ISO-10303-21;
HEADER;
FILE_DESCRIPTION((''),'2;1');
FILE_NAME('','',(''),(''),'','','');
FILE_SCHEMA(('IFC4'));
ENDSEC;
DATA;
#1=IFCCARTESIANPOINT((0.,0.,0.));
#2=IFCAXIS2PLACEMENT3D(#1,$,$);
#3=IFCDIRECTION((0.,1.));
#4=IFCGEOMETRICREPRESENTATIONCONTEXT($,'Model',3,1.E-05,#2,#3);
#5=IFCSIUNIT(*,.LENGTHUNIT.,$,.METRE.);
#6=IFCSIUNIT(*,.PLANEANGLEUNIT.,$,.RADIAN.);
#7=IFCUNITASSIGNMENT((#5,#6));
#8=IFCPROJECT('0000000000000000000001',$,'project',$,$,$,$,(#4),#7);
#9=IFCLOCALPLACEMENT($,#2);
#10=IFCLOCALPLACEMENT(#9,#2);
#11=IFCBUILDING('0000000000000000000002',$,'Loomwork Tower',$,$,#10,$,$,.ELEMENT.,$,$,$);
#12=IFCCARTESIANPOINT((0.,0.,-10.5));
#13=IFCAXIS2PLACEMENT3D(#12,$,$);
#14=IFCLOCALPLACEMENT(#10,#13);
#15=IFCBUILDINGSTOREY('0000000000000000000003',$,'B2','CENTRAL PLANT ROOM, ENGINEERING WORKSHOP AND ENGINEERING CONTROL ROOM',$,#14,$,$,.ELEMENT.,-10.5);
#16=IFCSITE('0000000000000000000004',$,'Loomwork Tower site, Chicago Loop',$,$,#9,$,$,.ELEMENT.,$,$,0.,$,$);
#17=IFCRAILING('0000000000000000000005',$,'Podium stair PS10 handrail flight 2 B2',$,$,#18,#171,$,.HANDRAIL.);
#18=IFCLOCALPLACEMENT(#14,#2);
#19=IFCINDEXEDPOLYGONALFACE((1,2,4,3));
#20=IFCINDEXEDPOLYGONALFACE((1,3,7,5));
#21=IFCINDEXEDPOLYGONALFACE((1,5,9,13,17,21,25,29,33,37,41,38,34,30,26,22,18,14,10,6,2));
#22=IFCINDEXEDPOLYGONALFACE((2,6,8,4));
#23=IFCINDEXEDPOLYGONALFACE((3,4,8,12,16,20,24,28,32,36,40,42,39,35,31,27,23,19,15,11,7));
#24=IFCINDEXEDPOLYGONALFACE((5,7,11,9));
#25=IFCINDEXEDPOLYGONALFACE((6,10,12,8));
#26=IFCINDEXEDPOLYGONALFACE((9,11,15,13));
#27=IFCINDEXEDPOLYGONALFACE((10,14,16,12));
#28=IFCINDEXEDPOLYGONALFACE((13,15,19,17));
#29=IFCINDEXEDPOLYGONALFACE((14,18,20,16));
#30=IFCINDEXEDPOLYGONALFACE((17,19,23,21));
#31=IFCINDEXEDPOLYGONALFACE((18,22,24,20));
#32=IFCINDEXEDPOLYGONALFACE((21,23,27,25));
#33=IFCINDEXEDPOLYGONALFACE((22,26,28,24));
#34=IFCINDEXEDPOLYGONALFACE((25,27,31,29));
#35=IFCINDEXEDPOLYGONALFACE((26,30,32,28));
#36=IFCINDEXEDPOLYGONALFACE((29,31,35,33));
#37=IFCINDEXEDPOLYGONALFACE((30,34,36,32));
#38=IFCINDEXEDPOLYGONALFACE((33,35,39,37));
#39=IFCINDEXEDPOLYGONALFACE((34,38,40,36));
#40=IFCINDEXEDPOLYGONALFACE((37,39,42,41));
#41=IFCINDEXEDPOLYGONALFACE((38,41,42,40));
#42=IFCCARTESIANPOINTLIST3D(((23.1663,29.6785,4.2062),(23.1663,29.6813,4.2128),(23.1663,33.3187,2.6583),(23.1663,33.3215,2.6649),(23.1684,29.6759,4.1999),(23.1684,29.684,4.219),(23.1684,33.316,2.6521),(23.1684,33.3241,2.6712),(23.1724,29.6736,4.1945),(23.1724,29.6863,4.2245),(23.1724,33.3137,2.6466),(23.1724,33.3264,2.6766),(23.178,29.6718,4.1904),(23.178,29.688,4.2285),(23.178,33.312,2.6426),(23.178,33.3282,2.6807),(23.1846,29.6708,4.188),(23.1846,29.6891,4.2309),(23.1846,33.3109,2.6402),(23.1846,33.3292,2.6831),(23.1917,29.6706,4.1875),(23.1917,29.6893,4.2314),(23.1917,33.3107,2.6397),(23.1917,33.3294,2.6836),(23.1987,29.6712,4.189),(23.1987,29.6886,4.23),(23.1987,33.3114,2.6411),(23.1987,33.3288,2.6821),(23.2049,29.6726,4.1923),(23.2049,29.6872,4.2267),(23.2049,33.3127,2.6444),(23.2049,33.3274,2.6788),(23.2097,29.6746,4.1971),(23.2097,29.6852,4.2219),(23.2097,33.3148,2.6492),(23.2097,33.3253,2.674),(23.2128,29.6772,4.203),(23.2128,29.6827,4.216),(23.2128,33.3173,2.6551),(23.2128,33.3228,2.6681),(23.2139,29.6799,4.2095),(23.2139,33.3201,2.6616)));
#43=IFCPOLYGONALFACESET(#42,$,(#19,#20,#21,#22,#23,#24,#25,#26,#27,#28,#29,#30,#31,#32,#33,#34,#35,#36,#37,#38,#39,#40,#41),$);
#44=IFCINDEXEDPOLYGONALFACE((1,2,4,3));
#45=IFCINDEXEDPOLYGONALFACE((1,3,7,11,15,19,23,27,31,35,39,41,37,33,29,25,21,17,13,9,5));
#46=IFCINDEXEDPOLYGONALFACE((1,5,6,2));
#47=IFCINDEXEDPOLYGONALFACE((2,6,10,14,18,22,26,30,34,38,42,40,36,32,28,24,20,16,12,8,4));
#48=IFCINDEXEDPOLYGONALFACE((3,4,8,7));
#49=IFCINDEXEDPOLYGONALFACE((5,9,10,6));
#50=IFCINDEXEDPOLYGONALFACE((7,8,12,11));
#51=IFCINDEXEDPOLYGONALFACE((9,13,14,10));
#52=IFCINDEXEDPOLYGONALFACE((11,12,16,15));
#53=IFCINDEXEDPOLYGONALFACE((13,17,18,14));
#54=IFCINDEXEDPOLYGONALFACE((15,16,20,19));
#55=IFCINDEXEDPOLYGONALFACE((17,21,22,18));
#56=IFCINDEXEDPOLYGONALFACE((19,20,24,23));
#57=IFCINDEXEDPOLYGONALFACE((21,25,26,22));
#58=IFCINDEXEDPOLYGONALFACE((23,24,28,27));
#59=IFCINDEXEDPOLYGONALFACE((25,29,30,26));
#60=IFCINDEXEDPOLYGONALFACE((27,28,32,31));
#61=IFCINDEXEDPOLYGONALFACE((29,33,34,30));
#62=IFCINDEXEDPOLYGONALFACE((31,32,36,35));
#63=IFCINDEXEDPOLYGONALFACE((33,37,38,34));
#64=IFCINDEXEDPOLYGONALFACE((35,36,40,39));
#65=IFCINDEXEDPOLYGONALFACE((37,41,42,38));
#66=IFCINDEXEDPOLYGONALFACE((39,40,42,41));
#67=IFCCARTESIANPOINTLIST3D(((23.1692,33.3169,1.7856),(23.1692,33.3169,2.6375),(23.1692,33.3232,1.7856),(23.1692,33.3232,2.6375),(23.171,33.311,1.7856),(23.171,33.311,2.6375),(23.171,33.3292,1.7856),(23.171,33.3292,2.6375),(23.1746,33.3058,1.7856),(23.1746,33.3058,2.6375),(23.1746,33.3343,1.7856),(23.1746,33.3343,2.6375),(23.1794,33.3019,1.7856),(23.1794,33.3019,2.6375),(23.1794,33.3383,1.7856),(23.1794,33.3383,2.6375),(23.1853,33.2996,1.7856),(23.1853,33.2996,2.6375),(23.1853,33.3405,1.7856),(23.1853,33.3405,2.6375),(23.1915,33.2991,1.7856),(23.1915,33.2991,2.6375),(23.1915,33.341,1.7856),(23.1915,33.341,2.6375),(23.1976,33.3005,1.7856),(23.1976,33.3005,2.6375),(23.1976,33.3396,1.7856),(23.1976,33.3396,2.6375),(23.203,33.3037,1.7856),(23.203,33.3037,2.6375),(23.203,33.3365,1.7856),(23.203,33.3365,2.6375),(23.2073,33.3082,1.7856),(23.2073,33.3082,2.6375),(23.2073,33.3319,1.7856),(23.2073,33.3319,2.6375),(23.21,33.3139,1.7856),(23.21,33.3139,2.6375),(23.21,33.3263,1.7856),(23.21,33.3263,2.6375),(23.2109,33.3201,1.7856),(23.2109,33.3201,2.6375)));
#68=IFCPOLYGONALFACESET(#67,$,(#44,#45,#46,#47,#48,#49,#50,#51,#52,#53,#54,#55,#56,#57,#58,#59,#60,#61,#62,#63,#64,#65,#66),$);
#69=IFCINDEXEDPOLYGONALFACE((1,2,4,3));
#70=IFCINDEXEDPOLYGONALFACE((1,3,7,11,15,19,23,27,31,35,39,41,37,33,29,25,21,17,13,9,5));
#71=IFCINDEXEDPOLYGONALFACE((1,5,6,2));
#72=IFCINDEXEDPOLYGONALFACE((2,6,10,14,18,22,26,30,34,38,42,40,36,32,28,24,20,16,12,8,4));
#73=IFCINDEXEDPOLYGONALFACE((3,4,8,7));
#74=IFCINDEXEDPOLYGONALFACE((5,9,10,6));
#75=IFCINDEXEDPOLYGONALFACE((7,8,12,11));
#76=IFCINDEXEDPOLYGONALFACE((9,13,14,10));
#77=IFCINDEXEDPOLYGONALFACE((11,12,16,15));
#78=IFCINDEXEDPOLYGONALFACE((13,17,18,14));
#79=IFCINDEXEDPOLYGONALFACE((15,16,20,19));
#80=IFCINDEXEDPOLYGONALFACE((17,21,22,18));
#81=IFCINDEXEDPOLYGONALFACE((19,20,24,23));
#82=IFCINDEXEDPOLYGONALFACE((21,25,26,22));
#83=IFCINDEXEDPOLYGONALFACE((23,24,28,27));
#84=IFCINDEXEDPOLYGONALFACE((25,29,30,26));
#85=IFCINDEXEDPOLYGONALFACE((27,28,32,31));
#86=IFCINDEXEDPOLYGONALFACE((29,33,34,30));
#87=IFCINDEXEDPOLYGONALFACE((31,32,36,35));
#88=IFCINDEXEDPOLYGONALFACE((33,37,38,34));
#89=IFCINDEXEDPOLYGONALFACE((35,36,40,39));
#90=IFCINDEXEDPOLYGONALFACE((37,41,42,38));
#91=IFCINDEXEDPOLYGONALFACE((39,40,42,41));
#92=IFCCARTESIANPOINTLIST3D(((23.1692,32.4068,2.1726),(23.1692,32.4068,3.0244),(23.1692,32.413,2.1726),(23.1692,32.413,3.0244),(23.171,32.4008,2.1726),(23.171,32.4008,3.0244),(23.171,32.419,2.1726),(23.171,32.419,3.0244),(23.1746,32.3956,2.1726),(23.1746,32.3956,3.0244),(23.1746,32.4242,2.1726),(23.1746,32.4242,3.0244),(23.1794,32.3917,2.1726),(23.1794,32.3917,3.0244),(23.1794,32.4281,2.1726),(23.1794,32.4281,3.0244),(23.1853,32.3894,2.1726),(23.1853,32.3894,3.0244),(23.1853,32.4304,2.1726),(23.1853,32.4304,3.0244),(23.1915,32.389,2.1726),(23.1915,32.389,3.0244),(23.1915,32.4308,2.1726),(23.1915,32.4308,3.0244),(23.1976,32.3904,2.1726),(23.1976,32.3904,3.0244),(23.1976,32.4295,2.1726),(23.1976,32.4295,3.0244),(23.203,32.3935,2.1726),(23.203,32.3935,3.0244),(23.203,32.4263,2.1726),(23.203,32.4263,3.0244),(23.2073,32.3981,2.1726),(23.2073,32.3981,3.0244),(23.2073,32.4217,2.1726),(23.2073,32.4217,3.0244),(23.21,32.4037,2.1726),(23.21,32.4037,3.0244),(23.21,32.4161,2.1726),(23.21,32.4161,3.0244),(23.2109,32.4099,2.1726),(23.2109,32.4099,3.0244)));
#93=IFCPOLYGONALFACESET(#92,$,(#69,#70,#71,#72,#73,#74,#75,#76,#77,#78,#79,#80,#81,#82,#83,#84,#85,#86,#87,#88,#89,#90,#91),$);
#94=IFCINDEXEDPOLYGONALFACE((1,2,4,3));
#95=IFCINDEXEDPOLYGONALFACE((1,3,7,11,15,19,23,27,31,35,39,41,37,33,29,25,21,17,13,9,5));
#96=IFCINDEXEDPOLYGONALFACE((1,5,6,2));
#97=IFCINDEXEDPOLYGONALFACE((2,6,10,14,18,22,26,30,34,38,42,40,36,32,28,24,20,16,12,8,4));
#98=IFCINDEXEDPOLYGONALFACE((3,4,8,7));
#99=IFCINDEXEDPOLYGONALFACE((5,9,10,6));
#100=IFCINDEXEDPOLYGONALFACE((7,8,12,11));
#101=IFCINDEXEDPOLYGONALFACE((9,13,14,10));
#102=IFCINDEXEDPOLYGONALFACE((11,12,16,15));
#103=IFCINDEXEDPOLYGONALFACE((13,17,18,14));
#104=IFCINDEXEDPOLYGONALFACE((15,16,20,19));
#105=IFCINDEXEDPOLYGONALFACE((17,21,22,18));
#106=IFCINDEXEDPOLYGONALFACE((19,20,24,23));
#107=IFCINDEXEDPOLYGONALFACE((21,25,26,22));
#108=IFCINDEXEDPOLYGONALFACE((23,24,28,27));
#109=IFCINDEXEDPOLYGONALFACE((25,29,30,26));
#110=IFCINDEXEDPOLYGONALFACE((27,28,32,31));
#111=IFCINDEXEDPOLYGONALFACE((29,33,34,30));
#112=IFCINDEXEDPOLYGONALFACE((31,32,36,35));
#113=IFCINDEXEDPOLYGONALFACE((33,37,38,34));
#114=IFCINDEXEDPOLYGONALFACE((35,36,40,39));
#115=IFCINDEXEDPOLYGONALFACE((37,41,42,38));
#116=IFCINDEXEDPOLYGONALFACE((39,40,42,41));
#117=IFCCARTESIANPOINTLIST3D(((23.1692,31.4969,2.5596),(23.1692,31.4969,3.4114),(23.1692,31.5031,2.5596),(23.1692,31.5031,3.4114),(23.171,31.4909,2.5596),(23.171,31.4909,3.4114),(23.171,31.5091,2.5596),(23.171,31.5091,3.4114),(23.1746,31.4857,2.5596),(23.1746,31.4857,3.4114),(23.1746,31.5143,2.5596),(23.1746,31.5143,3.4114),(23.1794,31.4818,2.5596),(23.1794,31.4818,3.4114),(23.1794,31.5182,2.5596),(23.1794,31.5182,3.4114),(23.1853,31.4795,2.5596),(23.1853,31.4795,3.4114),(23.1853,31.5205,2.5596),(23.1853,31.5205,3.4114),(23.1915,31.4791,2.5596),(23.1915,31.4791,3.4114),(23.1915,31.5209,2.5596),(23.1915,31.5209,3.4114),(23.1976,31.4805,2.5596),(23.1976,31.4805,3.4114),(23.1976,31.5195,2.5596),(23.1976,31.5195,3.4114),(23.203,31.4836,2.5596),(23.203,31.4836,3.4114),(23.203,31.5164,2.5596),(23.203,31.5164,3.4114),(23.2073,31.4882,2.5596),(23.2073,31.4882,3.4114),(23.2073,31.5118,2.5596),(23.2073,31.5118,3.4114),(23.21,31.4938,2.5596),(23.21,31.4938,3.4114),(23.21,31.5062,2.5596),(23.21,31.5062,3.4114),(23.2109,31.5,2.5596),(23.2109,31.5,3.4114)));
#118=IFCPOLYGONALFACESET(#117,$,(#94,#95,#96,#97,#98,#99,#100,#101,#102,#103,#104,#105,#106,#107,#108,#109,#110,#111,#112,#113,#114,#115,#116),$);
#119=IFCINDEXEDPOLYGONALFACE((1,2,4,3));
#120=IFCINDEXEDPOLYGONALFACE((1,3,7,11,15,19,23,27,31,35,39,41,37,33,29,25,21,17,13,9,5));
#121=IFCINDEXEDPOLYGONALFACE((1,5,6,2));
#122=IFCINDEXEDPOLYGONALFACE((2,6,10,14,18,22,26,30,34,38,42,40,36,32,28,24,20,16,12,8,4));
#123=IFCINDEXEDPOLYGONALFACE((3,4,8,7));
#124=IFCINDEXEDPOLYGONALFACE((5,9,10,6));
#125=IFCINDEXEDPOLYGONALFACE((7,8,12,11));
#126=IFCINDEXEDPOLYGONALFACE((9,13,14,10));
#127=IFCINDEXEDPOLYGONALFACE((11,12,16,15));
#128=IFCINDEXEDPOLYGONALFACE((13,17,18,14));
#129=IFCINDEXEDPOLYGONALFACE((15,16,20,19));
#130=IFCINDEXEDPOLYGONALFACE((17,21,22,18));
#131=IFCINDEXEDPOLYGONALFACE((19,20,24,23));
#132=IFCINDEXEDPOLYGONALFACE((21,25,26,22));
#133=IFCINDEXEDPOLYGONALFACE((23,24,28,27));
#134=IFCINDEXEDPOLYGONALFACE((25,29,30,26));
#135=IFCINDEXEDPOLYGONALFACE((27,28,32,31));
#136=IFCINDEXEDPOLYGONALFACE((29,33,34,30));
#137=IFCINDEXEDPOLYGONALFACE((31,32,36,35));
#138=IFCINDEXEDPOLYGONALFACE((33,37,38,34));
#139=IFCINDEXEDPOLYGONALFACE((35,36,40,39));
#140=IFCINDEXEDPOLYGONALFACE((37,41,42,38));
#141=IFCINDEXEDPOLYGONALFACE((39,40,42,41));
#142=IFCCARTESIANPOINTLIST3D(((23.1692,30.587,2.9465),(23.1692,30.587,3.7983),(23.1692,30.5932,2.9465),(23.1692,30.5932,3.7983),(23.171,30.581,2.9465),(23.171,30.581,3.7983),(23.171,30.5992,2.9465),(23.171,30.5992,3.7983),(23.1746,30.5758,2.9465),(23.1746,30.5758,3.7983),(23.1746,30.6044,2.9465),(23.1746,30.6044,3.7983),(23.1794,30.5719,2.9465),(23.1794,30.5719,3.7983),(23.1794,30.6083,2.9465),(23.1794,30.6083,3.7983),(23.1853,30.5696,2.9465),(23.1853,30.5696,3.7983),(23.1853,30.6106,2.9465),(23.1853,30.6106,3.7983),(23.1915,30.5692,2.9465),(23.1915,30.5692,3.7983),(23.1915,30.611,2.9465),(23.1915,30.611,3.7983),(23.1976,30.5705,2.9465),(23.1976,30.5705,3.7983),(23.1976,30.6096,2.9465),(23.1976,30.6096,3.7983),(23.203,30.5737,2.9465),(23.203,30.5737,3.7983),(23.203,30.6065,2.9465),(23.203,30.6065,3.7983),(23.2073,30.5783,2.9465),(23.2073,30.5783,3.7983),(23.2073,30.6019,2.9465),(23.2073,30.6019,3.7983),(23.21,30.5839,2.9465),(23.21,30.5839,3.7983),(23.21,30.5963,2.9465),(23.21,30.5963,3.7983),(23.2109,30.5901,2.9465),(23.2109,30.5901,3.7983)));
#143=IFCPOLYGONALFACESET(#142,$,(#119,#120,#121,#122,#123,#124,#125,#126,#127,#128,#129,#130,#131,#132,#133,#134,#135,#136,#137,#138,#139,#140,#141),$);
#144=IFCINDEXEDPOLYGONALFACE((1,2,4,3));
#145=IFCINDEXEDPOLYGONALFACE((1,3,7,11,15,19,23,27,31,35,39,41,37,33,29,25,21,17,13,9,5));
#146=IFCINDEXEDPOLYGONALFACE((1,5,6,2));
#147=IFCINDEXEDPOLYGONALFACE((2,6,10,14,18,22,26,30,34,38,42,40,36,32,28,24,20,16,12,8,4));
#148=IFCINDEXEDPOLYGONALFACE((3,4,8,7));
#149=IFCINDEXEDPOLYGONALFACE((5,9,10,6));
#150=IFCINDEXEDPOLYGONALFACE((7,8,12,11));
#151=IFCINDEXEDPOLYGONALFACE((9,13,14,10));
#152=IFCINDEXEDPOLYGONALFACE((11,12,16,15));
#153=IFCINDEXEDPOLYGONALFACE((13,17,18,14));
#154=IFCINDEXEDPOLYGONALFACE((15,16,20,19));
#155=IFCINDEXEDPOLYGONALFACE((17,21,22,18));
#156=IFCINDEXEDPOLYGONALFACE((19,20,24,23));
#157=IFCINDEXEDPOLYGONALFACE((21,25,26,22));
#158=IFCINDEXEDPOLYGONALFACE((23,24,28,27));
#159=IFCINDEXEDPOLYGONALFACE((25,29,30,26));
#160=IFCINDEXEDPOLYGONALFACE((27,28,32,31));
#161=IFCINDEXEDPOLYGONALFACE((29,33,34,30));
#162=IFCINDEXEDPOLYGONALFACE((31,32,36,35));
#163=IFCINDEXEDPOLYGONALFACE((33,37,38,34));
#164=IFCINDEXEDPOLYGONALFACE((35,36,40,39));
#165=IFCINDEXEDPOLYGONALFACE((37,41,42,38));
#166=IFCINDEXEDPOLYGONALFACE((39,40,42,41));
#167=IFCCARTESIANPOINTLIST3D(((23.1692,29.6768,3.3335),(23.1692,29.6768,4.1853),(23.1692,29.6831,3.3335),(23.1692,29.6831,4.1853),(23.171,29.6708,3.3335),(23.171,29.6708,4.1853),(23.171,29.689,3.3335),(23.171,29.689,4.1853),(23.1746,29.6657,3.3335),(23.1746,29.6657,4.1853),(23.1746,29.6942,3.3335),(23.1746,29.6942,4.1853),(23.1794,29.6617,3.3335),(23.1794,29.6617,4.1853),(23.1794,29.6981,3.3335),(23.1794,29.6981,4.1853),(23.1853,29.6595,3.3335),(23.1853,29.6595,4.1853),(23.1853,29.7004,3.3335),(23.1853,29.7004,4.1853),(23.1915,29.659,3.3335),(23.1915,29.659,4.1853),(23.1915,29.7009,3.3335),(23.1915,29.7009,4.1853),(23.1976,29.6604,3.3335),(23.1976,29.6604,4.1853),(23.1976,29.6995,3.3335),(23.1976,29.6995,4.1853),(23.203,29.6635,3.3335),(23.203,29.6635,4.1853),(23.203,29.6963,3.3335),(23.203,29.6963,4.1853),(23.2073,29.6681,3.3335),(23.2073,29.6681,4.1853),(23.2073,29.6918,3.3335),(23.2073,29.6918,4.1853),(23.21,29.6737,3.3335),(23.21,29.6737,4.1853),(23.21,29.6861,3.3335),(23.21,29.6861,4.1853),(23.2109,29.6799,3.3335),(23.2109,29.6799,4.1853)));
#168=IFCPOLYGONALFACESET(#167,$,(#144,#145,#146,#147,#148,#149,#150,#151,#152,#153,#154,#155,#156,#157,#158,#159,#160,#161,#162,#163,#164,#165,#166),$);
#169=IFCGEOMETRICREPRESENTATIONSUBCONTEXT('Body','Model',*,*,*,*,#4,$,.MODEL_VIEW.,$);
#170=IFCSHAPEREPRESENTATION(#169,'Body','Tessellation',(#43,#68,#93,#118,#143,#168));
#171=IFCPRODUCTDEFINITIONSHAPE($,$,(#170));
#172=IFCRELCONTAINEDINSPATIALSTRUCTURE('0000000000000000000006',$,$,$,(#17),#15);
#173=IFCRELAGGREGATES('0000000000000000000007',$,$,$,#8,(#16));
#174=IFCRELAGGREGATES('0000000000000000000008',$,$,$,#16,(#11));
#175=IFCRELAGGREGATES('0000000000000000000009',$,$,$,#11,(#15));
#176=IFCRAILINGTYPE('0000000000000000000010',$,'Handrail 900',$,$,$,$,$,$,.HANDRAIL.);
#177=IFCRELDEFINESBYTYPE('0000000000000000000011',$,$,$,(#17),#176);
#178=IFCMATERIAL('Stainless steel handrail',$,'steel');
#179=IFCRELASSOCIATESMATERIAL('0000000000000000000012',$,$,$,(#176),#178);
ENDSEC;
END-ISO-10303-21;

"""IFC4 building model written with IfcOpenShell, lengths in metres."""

from ifc_helpers import new_model, si_unit, direction, frame, origin, origin_2d, place, context, subcontext, project, spatial, circle, extrude, material, type_object, element, save


model = new_model("IFC4")

# Units and contexts
model_context = context("Model", 3, precision=1e-05, world=origin(), true_north=direction((0.0, 1.0)))
body_context = subcontext(model_context, "Body", "Model", "MODEL_VIEW")
ifc_project = project(units=[si_unit("LENGTHUNIT", "METRE"), si_unit("PLANEANGLEUNIT", "RADIAN")], contexts=[model_context])

# Site, building, storey
site_placement = place(None, origin())
site = spatial("IfcSite", under=ifc_project, at=site_placement, Name="Loomwork Tower site, Chicago Loop", CompositionType="ELEMENT", RefElevation=0.0)
building_placement = place(site_placement, origin())
building = spatial("IfcBuilding", under=site, at=building_placement, Name="Loomwork Tower", CompositionType="ELEMENT")
storey_placement = place(building_placement, frame((0.0, 0.0, -10.5)))
storey = spatial("IfcBuildingStorey", under=building, at=storey_placement, Name="B2", Description="CENTRAL PLANT ROOM, ENGINEERING WORKSHOP AND ENGINEERING CONTROL ROOM", CompositionType="ELEMENT", Elevation=-10.5)

# Railing
ifc_material_1 = material(Name="Stainless steel handrail", Category="steel")
railing_type = type_object("IfcRailingType", Name="Handrail 900", PredefinedType="HANDRAIL", material=ifc_material_1)
railing_1_placement = place(storey_placement, frame((23.1899, 33.3201, 1.7856)))
element("IfcRailing", 1, at=railing_1_placement, inside=storey, type_object=railing_type, Name="Podium stair PS10 handrail flight 2 B2", PredefinedType="HANDRAIL", context=body_context, shape_type="SweptSolid", body=[
    extrude(circle(Radius=0.0239, at=origin_2d()), frame((0.0, 0.0, 0.876), z_axis=(0.0, -0.920259, 0.391311), x_axis=(1.0, 0.0, 0.0)), (0.0, 0.0, 1.0), 3.9556),
    extrude(circle(Radius=0.021, at=origin_2d()), origin(), (0.0, 0.0, 1.0), 0.8518),
    extrude(circle(Radius=0.021, at=origin_2d()), frame((0.0, -0.9102, 0.387)), (0.0, 0.0, 1.0), 0.8518),
    extrude(circle(Radius=0.021, at=origin_2d()), frame((0.0, -1.8201, 0.7739)), (0.0, 0.0, 1.0), 0.8518),
    extrude(circle(Radius=0.021, at=origin_2d()), frame((0.0, -2.73, 1.1609)), (0.0, 0.0, 1.0), 0.8518),
    extrude(circle(Radius=0.021, at=origin_2d()), frame((0.0, -3.6401, 1.5479)), (0.0, 0.0, 1.0), 0.8518),
])

save(model, "model.ifc")
